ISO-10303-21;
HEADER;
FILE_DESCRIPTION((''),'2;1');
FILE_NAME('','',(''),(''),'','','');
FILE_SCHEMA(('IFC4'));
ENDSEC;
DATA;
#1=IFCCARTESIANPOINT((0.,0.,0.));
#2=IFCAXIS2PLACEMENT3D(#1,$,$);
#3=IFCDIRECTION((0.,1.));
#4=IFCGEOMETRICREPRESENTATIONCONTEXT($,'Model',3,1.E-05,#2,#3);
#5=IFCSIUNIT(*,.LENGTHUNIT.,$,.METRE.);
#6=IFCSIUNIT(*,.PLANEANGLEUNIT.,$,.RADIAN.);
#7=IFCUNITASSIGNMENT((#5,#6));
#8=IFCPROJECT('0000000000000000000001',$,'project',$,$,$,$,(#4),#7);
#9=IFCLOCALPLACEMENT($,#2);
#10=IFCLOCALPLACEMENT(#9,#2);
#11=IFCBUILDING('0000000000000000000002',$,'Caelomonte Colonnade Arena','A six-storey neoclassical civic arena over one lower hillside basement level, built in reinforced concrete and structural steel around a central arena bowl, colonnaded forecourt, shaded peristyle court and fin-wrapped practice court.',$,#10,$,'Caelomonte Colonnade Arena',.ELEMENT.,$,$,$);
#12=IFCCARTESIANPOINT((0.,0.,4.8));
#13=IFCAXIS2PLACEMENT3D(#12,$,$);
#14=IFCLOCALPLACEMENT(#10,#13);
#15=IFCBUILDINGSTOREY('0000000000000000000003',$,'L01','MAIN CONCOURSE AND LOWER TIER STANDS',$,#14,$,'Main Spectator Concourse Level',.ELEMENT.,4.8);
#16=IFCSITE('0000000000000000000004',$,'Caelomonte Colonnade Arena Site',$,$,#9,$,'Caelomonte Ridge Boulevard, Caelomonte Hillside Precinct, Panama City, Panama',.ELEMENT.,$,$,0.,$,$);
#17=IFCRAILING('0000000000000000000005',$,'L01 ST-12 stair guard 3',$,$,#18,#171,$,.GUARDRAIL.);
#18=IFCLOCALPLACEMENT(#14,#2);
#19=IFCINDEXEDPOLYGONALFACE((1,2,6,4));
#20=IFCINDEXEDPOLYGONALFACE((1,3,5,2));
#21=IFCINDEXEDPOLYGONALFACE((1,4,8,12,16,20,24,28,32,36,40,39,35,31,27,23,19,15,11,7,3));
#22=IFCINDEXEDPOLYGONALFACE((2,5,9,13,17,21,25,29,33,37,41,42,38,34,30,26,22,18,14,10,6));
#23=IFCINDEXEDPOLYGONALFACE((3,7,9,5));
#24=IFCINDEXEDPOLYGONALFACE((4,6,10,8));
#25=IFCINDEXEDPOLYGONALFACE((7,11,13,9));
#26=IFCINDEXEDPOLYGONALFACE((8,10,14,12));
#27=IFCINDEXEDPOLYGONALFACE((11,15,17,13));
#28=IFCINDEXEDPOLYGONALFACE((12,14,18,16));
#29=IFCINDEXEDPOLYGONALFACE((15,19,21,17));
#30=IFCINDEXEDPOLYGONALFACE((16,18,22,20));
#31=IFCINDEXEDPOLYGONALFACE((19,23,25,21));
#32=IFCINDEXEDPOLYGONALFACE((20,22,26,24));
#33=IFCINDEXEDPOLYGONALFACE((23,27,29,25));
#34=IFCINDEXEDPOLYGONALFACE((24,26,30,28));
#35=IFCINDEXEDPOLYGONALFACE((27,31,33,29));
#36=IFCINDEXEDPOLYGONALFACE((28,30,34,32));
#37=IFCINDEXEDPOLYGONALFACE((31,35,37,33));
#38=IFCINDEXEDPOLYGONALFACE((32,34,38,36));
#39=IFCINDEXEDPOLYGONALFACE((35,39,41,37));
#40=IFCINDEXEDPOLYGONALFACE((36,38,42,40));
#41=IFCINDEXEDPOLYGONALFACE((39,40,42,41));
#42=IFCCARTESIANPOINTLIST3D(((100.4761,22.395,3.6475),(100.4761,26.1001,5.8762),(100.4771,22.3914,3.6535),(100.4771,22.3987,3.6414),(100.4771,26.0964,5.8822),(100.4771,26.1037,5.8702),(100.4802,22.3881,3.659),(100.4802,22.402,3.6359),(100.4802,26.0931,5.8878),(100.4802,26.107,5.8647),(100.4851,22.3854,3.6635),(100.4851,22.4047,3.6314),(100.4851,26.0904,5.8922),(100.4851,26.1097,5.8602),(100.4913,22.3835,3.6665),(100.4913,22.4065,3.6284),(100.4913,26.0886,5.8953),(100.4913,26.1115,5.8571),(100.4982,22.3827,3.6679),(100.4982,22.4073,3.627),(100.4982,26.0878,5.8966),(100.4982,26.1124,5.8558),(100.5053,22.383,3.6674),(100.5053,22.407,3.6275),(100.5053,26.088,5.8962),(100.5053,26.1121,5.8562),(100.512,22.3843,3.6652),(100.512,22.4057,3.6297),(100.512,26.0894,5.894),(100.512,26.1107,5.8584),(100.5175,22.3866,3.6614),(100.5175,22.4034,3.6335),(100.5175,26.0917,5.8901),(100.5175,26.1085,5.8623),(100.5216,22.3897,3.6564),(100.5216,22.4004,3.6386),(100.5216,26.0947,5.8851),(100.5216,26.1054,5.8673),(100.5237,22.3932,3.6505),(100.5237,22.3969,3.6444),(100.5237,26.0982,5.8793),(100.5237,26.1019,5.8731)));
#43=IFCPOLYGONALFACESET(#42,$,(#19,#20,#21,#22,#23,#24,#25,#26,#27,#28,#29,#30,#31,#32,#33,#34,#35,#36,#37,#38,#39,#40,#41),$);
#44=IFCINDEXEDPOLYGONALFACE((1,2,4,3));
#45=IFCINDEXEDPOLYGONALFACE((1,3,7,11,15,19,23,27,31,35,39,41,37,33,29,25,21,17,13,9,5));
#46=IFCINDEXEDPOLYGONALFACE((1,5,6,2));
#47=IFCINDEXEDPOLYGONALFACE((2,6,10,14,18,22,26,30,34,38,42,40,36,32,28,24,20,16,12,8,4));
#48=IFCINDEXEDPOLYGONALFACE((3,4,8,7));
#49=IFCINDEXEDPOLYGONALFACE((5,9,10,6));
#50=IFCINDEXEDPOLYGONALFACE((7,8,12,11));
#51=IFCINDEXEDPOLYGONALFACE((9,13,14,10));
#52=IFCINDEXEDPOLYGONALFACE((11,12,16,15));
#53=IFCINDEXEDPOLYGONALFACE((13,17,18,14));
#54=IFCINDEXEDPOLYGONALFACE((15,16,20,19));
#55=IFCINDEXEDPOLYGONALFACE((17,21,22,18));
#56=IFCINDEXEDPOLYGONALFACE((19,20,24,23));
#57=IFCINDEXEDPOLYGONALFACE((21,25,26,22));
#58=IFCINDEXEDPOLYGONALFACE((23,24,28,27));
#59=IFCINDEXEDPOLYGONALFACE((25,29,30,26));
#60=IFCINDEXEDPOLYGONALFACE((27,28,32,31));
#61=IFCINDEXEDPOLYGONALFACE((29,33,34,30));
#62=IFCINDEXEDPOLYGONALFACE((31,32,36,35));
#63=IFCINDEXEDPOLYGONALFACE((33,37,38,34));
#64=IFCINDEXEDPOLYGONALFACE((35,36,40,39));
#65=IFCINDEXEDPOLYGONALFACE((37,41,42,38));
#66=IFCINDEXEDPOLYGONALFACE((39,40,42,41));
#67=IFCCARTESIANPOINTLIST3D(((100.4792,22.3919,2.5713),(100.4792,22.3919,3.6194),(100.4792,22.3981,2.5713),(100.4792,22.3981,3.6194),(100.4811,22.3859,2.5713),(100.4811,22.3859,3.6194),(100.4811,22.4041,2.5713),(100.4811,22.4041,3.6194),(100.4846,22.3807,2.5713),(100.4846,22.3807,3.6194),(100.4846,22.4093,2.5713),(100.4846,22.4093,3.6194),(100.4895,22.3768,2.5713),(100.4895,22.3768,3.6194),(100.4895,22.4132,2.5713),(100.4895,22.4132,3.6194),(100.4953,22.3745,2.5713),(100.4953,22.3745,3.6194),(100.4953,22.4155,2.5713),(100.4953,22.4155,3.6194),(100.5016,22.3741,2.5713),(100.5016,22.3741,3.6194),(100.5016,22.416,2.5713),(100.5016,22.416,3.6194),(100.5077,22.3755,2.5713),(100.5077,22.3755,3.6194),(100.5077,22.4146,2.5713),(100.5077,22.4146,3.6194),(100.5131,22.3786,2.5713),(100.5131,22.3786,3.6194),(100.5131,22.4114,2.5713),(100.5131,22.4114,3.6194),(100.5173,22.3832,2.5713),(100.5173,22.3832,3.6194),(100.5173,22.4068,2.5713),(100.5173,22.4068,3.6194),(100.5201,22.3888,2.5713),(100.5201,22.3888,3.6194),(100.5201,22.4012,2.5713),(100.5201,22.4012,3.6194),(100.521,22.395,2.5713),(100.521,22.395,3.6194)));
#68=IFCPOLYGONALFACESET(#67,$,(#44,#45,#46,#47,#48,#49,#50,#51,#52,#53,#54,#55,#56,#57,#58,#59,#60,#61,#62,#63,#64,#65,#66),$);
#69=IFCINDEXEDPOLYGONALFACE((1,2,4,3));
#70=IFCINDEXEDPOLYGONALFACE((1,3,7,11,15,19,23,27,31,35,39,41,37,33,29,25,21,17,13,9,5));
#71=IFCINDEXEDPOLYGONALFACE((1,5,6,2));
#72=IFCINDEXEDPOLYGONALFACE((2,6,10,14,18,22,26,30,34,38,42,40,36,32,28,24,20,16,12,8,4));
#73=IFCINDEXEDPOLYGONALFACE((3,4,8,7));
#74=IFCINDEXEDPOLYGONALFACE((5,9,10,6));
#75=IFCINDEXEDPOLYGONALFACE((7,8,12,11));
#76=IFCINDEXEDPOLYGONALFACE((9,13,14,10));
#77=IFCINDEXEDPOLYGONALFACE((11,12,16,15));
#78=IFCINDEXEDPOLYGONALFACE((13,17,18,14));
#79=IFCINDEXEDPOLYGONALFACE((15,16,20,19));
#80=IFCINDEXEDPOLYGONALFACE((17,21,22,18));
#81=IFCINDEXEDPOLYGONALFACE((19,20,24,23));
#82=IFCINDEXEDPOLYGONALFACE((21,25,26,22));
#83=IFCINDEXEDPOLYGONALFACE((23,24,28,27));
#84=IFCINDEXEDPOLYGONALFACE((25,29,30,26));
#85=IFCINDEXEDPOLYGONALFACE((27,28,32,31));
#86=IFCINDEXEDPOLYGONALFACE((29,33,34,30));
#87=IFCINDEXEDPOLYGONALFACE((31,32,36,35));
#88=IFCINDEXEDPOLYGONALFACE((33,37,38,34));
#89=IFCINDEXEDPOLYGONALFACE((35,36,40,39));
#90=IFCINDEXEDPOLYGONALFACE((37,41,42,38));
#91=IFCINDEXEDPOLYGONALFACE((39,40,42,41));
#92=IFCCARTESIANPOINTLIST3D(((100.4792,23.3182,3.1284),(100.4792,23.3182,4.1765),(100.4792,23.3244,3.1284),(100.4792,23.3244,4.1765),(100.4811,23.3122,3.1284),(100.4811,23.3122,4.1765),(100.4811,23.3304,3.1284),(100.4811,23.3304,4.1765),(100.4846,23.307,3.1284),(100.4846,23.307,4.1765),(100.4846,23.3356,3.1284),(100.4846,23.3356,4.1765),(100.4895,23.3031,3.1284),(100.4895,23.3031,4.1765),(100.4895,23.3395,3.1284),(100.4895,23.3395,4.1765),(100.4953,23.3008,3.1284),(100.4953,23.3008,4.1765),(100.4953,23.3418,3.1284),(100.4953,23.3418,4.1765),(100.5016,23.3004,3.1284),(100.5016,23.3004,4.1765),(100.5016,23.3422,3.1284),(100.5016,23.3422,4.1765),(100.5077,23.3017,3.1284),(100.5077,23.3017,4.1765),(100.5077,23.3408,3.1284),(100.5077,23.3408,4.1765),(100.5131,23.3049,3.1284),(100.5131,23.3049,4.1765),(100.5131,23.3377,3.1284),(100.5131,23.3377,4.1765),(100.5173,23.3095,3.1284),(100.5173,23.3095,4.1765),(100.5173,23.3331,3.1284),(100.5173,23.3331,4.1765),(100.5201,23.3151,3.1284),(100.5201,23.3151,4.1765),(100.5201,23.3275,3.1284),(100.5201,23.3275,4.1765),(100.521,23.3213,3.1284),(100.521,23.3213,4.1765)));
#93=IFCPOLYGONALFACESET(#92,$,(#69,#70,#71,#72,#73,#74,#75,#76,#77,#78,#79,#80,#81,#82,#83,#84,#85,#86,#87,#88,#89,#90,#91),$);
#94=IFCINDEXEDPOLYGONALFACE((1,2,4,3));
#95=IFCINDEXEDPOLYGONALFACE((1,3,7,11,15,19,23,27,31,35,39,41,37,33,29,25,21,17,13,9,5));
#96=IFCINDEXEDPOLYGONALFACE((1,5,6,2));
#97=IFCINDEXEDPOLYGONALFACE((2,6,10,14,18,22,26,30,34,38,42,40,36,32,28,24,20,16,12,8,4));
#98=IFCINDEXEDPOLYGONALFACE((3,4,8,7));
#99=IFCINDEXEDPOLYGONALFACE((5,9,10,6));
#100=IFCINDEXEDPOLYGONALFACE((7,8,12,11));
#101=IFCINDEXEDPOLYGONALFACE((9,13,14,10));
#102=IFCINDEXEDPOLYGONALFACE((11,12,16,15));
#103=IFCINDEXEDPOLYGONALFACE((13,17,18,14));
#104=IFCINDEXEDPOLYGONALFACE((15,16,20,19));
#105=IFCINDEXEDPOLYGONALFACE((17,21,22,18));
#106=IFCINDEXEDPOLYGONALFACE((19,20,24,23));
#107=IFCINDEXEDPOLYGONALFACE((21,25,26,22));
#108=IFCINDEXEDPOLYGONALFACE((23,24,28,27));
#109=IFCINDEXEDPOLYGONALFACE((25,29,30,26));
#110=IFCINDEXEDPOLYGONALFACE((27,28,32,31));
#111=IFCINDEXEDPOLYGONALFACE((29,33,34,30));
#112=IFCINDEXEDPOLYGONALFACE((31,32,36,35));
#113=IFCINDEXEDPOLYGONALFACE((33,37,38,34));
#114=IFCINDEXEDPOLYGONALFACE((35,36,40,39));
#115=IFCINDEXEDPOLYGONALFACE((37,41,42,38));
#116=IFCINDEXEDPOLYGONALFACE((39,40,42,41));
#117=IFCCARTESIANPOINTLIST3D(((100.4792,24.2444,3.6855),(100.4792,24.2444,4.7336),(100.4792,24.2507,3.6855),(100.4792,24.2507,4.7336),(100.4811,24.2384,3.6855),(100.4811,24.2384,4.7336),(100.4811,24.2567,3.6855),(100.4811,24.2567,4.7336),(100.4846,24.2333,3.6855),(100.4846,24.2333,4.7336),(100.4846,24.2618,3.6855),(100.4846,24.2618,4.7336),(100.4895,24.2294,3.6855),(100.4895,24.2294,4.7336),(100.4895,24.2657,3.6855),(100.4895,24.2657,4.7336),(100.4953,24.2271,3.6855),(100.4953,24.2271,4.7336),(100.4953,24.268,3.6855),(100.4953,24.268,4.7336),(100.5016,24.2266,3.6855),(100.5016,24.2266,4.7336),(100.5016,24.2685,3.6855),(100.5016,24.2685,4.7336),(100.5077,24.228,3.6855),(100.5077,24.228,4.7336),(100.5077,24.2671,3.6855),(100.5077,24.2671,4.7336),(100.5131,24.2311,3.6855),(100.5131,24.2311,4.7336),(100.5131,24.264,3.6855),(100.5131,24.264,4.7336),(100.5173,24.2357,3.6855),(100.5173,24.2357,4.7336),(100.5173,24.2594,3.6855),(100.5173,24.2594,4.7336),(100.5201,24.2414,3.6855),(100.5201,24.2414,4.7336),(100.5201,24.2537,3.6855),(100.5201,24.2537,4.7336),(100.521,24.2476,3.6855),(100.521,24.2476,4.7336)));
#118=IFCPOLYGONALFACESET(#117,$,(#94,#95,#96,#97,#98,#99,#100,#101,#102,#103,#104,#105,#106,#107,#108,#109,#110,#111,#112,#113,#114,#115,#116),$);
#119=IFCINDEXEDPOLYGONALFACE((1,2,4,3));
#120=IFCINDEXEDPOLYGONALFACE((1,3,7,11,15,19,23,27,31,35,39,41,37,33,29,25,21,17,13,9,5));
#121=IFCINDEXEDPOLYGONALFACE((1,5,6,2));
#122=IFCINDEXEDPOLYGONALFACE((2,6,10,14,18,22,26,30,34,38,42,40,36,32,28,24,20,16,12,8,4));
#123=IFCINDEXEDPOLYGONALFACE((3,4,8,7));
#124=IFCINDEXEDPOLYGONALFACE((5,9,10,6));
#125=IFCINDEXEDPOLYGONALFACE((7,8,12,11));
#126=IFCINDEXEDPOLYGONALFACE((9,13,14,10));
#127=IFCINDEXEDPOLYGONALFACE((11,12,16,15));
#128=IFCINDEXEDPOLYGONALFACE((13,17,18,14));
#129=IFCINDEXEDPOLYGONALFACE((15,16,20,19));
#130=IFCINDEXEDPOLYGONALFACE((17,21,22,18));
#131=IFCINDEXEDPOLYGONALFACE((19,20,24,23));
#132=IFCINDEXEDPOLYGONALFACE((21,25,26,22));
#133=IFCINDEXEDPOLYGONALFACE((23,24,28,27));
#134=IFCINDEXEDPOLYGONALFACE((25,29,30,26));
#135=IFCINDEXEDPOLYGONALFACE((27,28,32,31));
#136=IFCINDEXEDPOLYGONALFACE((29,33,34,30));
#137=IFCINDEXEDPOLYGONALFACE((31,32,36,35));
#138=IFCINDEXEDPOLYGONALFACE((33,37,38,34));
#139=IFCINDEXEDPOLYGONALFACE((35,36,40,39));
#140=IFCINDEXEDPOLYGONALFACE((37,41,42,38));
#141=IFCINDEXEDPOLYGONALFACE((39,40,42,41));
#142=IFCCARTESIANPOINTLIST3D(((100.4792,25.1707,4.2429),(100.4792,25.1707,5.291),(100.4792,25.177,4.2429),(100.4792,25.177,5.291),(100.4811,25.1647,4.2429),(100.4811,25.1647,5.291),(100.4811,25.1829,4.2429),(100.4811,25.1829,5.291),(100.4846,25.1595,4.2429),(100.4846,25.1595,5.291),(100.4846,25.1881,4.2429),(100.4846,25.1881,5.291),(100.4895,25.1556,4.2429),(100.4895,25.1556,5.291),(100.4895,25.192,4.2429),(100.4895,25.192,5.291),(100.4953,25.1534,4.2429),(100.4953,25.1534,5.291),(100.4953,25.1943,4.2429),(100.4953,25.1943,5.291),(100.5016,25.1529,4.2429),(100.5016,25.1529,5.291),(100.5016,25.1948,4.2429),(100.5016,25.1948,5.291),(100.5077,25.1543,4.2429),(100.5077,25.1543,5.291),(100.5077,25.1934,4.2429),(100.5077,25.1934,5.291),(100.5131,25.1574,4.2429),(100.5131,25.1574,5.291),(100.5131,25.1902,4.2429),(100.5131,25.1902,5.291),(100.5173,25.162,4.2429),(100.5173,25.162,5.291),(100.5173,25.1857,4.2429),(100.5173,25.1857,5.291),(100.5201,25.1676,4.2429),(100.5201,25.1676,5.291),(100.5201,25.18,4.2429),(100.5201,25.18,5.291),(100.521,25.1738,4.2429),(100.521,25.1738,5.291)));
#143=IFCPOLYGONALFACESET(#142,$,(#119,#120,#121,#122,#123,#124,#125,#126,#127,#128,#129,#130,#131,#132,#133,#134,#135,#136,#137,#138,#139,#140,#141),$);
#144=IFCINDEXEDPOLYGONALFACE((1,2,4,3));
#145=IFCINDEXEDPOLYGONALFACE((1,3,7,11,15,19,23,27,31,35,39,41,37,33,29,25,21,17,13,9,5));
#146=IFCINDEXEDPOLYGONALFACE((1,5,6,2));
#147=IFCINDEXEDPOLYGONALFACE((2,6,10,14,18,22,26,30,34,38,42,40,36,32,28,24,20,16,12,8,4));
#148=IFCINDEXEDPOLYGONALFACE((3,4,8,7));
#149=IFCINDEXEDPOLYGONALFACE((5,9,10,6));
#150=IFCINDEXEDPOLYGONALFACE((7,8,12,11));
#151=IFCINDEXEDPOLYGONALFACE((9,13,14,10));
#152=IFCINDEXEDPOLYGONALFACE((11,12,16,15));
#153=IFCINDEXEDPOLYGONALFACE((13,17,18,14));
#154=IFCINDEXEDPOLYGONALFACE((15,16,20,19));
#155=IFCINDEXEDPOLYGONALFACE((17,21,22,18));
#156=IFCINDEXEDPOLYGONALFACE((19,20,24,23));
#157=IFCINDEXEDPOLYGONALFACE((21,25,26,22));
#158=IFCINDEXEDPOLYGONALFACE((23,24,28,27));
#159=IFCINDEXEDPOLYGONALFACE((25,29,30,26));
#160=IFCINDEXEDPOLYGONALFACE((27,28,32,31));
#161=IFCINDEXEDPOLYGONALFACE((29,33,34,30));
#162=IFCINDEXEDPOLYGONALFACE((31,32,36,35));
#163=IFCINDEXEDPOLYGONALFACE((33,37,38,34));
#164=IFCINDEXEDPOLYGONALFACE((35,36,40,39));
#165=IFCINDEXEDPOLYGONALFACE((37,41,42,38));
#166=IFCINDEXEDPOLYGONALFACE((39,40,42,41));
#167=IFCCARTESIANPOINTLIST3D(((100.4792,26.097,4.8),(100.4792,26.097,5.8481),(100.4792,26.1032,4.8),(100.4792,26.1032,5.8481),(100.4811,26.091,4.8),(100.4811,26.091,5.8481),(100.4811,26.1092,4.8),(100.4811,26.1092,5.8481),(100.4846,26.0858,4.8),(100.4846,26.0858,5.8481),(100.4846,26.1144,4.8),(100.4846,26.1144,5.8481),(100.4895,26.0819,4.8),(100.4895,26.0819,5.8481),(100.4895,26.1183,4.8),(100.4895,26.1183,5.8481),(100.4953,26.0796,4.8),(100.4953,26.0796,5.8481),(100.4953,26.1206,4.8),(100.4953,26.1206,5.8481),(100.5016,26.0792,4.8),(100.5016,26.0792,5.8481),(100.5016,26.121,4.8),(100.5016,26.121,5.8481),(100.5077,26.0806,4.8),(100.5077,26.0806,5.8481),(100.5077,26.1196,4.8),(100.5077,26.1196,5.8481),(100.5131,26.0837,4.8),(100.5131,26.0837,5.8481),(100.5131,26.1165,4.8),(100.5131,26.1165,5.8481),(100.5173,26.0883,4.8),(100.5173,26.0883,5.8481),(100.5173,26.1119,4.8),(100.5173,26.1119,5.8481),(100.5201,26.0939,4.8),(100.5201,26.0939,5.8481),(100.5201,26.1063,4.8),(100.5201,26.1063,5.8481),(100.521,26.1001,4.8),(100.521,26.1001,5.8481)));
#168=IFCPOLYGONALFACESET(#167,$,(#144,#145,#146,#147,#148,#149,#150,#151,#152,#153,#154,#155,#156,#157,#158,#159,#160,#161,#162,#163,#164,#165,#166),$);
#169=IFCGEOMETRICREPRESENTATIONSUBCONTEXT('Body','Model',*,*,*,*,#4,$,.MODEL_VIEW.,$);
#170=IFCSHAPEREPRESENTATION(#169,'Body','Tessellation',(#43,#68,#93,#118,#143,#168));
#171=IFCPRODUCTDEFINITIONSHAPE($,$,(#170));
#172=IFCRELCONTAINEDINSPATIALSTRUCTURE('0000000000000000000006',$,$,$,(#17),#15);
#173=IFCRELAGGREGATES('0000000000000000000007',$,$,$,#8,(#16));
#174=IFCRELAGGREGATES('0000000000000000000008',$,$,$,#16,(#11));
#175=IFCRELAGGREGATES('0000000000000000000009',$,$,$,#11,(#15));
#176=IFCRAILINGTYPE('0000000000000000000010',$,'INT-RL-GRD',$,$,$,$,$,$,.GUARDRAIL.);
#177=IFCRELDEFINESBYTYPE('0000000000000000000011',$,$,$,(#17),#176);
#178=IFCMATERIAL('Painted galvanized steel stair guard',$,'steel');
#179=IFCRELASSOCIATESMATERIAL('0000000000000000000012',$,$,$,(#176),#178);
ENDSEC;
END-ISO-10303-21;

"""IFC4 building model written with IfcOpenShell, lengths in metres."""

from ifc_helpers import new_model, si_unit, direction, frame, origin, origin_2d, place, context, subcontext, project, spatial, circle, extrude, material, type_object, element, save


model = new_model("IFC4")

# Units and contexts
model_context = context("Model", 3, precision=1e-05, world=origin(), true_north=direction((0.0, 1.0)))
body_context = subcontext(model_context, "Body", "Model", "MODEL_VIEW")
ifc_project = project(units=[si_unit("LENGTHUNIT", "METRE"), si_unit("PLANEANGLEUNIT", "RADIAN")], contexts=[model_context])

# Site, building, storey
site_placement = place(None, origin())
site = spatial("IfcSite", under=ifc_project, at=site_placement, Name="Caelomonte Colonnade Arena Site", LongName="Caelomonte Ridge Boulevard, Caelomonte Hillside Precinct, Panama City, Panama", CompositionType="ELEMENT", RefElevation=0.0)
building_placement = place(site_placement, origin())
building = spatial("IfcBuilding", under=site, at=building_placement, Name="Caelomonte Colonnade Arena", Description="A six-storey neoclassical civic arena over one lower hillside basement level, built in reinforced concrete and structural steel around a central arena bowl, colonnaded forecourt, shaded peristyle court and fin-wrapped practice court.", LongName="Caelomonte Colonnade Arena", CompositionType="ELEMENT")
storey_placement = place(building_placement, frame((0.0, 0.0, 4.8)))
storey = spatial("IfcBuildingStorey", under=building, at=storey_placement, Name="L01", Description="MAIN CONCOURSE AND LOWER TIER STANDS", LongName="Main Spectator Concourse Level", CompositionType="ELEMENT", Elevation=4.8)

# Railing
ifc_material_1 = material(Name="Painted galvanized steel stair guard", Category="steel")
railing_type_1 = type_object("IfcRailingType", Name="INT-RL-GRD", PredefinedType="GUARDRAIL", material=ifc_material_1)
railing_1_placement = place(storey_placement, frame((100.5, 22.395, 2.5713)))
element("IfcRailing", 1, at=railing_1_placement, inside=storey, type_object=railing_type_1, Name="L01 ST-12 stair guard 3", PredefinedType="GUARDRAIL", context=body_context, shape_type="SweptSolid", body=[
    extrude(circle(Radius=0.0239, at=origin_2d()), frame((0.0, 0.0, 1.0762), z_axis=(0.0, 0.856909, 0.515467), x_axis=(-1.0, 0.0, 0.0)), (0.0, 0.0, 1.0), 4.3237),
    extrude(circle(Radius=0.021, at=origin_2d()), origin(), (0.0, 0.0, 1.0), 1.0481),
    extrude(circle(Radius=0.021, at=origin_2d()), frame((0.0, 0.9263, 0.5571)), (0.0, 0.0, 1.0), 1.0481),
    extrude(circle(Radius=0.021, at=origin_2d()), frame((0.0, 1.8525, 1.1143)), (0.0, 0.0, 1.0), 1.0481),
    extrude(circle(Radius=0.021, at=origin_2d()), frame((0.0, 2.7788, 1.6716)), (0.0, 0.0, 1.0), 1.0481),
    extrude(circle(Radius=0.021, at=origin_2d()), frame((0.0, 3.7051, 2.2288)), (0.0, 0.0, 1.0), 1.0481),
])

save(model, "model.ifc")
